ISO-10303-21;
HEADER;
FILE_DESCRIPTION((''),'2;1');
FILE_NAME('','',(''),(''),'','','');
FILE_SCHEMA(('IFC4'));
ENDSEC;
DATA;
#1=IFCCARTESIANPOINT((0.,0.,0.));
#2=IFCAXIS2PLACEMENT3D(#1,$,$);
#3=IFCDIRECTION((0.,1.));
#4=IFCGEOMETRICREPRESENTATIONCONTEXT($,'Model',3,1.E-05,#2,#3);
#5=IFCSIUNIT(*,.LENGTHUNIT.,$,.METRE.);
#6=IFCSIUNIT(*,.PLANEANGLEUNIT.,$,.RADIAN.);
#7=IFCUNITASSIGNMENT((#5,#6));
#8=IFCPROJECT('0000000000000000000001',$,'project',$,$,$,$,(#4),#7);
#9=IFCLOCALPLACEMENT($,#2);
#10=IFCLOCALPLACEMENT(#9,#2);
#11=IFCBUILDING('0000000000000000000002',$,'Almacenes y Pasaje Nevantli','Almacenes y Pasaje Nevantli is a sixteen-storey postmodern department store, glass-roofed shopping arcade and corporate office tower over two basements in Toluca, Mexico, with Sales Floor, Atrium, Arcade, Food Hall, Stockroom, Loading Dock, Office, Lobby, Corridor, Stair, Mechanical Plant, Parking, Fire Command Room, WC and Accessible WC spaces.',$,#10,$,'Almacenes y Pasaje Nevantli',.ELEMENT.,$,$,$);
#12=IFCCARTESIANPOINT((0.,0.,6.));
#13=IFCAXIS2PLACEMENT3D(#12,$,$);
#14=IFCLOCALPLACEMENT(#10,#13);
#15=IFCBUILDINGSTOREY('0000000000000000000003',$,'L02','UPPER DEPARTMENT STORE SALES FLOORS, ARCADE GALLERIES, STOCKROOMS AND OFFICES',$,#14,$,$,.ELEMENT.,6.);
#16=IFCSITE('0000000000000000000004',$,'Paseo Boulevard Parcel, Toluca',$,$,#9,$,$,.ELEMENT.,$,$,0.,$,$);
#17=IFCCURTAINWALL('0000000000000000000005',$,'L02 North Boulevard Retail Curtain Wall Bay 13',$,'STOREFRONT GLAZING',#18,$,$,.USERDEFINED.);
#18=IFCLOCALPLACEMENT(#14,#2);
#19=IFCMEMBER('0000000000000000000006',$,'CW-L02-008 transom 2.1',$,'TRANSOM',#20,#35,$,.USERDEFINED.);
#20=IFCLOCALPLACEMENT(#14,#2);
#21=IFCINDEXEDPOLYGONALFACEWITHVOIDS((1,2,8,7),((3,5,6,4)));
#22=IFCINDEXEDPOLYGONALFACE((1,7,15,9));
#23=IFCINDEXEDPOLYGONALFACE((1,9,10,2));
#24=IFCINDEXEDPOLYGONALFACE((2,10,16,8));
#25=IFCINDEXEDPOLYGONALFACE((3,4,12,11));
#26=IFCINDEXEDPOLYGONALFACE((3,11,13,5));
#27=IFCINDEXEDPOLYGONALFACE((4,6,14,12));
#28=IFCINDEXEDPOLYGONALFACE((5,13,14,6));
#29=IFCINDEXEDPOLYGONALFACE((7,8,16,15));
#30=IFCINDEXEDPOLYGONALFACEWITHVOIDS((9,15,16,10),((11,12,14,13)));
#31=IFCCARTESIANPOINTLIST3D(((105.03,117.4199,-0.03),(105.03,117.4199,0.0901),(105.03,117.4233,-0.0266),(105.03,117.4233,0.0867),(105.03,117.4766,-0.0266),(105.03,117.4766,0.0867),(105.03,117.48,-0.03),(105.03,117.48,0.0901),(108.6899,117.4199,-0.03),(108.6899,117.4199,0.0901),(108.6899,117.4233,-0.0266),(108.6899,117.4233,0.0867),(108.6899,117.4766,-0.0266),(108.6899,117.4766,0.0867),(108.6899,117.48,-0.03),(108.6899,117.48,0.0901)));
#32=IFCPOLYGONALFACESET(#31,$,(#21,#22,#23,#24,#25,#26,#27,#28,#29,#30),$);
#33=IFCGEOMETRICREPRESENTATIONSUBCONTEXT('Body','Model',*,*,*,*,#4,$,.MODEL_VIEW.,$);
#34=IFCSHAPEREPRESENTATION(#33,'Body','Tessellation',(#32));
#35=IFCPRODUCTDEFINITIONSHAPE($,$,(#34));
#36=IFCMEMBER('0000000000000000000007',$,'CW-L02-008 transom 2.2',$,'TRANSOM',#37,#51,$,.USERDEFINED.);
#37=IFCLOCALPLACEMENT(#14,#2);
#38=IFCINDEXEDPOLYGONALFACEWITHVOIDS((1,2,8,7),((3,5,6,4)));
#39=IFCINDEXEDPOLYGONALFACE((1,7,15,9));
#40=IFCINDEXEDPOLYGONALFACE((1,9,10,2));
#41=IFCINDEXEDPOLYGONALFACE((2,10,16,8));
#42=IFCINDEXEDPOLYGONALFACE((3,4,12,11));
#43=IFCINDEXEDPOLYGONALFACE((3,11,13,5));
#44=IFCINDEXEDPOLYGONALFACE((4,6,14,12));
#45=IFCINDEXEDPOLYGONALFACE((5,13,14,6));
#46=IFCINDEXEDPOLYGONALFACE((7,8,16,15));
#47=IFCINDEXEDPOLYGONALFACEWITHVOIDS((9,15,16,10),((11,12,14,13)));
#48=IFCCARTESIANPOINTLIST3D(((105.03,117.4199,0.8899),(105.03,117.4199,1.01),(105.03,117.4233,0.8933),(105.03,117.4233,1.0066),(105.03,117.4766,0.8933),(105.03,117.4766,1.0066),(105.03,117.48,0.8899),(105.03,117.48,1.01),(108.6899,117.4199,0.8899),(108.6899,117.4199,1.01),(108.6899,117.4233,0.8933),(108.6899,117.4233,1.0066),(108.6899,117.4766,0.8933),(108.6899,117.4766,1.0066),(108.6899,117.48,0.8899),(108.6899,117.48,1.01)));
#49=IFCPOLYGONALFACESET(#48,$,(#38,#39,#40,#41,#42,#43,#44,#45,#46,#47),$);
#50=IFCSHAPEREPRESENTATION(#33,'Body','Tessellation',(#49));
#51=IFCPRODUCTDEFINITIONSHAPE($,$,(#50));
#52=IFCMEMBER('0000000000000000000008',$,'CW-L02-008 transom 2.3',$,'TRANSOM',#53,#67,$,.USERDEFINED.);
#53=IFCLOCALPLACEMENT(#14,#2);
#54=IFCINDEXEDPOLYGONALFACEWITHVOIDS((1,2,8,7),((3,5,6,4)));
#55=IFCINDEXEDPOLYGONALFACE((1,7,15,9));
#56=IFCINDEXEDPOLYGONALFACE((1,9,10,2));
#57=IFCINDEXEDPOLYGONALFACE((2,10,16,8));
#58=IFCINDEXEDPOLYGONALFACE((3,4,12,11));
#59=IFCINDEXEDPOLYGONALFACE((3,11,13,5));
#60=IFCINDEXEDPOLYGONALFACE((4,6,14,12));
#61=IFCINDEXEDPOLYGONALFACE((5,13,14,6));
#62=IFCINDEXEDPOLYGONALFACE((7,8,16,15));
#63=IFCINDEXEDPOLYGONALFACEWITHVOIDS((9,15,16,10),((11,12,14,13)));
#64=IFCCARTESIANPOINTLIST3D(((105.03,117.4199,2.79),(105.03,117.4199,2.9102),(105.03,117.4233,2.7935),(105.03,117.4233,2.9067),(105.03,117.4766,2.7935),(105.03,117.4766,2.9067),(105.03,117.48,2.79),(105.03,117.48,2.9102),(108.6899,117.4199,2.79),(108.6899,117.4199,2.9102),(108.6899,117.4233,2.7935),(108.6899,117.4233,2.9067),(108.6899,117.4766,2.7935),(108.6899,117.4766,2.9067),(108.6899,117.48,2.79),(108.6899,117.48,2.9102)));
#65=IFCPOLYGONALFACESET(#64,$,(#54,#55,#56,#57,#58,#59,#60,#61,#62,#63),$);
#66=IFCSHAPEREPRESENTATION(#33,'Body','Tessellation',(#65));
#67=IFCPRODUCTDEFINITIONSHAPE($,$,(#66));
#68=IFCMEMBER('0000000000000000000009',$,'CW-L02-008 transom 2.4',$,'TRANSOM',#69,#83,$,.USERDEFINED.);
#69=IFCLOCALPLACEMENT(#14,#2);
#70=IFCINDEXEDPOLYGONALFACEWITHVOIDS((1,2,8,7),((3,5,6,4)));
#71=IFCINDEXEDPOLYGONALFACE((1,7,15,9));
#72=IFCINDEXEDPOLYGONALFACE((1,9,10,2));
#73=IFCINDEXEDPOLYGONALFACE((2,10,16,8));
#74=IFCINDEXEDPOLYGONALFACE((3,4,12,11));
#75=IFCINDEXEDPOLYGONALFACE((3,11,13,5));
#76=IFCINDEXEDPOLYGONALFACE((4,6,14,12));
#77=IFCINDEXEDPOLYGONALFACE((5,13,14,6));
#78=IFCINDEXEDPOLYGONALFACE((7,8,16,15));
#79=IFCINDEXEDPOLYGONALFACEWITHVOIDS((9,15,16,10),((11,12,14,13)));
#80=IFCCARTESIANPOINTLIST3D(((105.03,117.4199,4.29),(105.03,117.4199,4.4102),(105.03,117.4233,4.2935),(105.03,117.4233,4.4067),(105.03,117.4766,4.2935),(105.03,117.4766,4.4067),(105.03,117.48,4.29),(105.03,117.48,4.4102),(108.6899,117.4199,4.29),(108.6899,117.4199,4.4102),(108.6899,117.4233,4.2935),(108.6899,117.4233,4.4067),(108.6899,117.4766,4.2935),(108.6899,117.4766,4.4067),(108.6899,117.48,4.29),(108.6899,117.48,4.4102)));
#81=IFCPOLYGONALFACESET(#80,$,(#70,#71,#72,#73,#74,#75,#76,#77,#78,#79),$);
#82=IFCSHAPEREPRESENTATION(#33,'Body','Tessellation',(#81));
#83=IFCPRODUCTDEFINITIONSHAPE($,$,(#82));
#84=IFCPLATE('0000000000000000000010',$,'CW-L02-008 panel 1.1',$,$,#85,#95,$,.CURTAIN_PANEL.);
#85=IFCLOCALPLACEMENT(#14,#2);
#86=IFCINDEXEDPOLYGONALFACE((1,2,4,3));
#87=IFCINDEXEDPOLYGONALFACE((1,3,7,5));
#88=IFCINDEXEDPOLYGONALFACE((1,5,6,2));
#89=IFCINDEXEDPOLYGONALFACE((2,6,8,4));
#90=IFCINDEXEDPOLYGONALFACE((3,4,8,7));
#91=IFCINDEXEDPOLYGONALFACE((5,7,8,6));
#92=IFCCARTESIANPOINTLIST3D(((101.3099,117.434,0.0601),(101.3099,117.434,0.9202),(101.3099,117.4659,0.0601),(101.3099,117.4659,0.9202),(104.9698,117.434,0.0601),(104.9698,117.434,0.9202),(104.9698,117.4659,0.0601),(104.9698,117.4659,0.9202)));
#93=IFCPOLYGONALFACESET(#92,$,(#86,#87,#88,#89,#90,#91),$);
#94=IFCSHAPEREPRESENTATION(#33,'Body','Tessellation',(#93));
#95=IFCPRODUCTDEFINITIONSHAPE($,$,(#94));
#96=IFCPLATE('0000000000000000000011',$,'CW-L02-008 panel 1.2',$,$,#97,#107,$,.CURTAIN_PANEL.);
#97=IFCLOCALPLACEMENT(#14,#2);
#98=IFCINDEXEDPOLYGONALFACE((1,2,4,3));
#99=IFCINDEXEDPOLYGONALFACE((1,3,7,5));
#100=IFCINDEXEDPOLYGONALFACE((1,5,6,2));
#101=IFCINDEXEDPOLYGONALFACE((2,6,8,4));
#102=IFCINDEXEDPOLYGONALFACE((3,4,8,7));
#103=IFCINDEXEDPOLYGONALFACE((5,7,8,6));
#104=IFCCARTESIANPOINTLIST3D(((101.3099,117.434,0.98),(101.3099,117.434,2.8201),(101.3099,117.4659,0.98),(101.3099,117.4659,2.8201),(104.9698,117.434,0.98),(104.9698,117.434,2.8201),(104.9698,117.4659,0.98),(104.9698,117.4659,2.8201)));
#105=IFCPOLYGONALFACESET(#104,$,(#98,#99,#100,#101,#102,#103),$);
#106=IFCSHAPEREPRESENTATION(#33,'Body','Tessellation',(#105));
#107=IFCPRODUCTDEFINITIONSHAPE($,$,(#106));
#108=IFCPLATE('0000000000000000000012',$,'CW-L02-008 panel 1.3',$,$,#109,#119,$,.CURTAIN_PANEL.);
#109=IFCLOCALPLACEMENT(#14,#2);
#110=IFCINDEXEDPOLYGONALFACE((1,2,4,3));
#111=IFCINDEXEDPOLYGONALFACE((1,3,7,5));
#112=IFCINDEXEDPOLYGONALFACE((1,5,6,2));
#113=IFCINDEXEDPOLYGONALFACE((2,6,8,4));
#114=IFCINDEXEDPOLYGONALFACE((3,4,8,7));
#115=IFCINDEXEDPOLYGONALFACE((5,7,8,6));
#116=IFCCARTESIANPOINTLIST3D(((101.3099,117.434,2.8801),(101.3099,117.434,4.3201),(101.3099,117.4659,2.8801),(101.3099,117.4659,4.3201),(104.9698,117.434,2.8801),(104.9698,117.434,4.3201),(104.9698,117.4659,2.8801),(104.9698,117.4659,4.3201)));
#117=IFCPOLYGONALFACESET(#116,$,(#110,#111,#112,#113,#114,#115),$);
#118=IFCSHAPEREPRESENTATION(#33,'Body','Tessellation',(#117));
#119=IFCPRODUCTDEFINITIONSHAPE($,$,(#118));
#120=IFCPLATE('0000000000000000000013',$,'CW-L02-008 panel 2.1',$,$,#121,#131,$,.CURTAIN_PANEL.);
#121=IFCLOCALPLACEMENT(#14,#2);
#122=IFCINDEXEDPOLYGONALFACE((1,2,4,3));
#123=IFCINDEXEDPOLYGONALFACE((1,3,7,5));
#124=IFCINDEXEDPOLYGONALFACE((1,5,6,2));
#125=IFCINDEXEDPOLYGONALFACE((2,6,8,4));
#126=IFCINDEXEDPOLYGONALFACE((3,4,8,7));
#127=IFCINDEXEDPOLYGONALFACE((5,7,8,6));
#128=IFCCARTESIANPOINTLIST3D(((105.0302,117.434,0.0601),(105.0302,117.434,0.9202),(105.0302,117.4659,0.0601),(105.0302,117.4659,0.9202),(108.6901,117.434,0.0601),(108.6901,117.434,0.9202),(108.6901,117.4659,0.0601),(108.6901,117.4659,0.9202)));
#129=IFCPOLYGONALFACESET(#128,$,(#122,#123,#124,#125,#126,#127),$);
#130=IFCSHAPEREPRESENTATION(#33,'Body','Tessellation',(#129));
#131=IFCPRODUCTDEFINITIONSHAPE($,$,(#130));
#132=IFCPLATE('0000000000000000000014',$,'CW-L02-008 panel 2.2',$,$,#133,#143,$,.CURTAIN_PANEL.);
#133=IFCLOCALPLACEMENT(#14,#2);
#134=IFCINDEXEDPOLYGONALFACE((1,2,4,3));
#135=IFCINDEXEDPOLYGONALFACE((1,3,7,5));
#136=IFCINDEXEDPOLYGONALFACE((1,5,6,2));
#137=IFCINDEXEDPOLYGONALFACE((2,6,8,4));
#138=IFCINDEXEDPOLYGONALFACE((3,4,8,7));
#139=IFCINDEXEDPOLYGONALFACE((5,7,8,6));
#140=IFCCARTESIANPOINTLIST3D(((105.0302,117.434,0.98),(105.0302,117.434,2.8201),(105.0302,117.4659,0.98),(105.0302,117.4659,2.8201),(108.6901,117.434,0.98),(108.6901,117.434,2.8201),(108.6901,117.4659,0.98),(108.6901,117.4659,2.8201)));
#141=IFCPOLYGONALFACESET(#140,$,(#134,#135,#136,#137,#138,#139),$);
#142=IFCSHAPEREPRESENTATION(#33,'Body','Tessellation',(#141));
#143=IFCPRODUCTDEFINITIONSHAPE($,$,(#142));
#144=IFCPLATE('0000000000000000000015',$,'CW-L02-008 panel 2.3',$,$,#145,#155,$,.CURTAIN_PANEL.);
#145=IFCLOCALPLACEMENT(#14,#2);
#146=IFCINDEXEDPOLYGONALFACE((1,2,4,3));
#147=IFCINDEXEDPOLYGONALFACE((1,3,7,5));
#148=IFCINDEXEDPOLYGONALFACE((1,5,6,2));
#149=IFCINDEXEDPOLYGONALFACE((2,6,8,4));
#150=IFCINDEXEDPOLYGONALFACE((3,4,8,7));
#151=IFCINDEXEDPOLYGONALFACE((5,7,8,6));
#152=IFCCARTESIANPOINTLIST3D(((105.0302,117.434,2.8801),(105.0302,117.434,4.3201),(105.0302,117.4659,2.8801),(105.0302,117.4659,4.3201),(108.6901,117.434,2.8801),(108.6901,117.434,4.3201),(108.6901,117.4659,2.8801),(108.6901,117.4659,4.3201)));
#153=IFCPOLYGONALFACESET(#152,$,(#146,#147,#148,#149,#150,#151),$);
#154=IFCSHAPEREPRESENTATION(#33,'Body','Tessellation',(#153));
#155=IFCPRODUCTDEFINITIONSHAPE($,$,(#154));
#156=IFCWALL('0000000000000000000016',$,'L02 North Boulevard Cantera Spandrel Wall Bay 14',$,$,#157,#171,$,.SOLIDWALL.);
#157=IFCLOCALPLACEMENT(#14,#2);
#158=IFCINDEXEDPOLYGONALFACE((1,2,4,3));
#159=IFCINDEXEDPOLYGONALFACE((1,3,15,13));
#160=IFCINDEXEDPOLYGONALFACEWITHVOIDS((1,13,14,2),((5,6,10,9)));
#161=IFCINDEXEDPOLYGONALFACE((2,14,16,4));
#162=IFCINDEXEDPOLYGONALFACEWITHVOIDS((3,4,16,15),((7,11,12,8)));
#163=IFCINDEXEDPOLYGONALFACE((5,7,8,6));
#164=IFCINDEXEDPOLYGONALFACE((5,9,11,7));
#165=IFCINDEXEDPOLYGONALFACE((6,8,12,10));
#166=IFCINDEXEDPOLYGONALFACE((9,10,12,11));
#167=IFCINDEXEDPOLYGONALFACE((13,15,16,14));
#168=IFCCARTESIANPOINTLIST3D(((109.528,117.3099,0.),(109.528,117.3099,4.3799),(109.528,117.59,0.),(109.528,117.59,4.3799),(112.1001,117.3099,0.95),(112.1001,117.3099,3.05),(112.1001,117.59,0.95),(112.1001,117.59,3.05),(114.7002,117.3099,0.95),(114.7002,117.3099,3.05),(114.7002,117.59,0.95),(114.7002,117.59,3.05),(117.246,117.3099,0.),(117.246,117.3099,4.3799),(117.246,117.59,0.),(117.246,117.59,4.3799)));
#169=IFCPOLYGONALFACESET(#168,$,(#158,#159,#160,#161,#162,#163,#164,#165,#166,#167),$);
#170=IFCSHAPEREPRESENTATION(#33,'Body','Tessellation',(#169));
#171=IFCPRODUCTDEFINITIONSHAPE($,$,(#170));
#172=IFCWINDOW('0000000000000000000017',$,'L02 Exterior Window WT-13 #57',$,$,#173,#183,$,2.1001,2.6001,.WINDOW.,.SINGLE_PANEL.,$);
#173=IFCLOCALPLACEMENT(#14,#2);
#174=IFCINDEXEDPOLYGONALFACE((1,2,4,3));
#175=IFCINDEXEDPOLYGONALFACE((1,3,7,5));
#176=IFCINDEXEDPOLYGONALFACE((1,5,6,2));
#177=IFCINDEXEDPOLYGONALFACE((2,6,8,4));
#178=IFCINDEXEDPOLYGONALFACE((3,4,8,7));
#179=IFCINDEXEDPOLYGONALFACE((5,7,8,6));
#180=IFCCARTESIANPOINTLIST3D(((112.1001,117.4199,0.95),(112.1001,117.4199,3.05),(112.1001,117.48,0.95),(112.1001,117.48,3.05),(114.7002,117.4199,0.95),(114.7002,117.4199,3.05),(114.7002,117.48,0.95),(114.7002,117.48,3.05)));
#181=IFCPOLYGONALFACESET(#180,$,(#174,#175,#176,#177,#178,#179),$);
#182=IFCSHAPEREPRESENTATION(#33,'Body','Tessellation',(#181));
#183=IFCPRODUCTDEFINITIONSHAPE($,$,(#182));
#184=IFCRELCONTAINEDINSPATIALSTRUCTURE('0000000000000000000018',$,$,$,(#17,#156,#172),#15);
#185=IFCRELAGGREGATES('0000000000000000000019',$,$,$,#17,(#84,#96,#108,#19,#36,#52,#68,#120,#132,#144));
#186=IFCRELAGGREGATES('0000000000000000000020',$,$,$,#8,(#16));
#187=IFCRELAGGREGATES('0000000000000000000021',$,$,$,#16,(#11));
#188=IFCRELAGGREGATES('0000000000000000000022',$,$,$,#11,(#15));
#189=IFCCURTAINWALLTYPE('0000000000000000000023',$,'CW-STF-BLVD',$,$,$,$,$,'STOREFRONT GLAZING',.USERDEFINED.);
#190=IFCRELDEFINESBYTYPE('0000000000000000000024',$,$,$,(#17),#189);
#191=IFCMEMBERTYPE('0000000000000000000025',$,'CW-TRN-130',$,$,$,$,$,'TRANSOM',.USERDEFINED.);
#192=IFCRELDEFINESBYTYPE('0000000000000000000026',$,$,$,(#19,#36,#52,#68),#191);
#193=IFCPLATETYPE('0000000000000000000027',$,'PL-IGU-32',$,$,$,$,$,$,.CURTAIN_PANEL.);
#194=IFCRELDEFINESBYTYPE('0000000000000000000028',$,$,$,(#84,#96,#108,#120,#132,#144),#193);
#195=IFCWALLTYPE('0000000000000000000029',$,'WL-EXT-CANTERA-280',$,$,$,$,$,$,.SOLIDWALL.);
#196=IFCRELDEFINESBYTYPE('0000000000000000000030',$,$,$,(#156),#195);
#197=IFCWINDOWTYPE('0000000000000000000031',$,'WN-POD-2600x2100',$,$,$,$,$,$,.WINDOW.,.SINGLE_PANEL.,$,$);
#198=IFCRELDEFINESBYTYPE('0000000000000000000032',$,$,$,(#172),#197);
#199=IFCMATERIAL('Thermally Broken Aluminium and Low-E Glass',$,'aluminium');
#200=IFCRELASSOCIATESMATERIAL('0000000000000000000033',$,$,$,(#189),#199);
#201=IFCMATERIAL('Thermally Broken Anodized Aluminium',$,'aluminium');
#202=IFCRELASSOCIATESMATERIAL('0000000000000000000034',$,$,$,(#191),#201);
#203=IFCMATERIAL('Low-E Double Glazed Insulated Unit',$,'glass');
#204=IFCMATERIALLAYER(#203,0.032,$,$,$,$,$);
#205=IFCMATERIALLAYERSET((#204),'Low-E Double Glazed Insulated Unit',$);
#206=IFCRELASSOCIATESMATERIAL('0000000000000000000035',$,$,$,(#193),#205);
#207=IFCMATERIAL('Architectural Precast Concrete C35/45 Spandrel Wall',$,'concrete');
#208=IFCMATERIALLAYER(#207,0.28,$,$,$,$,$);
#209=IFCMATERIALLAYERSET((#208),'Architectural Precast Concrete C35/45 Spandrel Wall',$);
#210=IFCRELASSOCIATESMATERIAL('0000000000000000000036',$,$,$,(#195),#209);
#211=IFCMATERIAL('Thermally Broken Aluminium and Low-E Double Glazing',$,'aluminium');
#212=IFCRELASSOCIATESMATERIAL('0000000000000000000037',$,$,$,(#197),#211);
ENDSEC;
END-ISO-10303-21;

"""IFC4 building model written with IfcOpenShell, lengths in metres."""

from ifc_helpers import new_model, si_unit, direction, frame, frame_2d, origin, origin_2d, place, context, subcontext, project, spatial, rectangle, hollow_rectangle, extrude, material, layer, layer_set, material_profile, profile_set, type_object, element, fill, aggregate, save


model = new_model("IFC4")

# Units and contexts
model_context = context("Model", 3, precision=1e-05, world=origin(), true_north=direction((0.0, 1.0)))
body_context = subcontext(model_context, "Body", "Model", "MODEL_VIEW")
ifc_project = project(units=[si_unit("LENGTHUNIT", "METRE"), si_unit("PLANEANGLEUNIT", "RADIAN")], contexts=[model_context])

# Site, building, storey
site_placement = place(None, origin())
site = spatial("IfcSite", under=ifc_project, at=site_placement, Name="Paseo Boulevard Parcel, Toluca", CompositionType="ELEMENT", RefElevation=0.0)
building_placement = place(site_placement, origin())
building = spatial("IfcBuilding", under=site, at=building_placement, Name="Almacenes y Pasaje Nevantli", Description="Almacenes y Pasaje Nevantli is a sixteen-storey postmodern department store, glass-roofed shopping arcade and corporate office tower over two basements in Toluca, Mexico, with Sales Floor, Atrium, Arcade, Food Hall, Stockroom, Loading Dock, Office, Lobby, Corridor, Stair, Mechanical Plant, Parking, Fire Command Room, WC and Accessible WC spaces.", LongName="Almacenes y Pasaje Nevantli", CompositionType="ELEMENT")
storey_placement = place(building_placement, frame((0.0, 0.0, 6.0)))
storey = spatial("IfcBuildingStorey", under=building, at=storey_placement, Name="L02", Description="UPPER DEPARTMENT STORE SALES FLOORS, ARCADE GALLERIES, STOCKROOMS AND OFFICES", CompositionType="ELEMENT", Elevation=6.0)

# Curtain wall, members, plates
ifc_material_1 = material(Name="Thermally Broken Aluminium and Low-E Glass", Category="aluminium")
curtain_wall_type = type_object("IfcCurtainWallType", Name="CW-STF-BLVD", ElementType="STOREFRONT GLAZING", PredefinedType="USERDEFINED", material=ifc_material_1)
curtain_wall_placement = place(storey_placement, origin())
curtain_wall = element("IfcCurtainWall", 1, at=curtain_wall_placement, inside=storey, type_object=curtain_wall_type, Name="L02 North Boulevard Retail Curtain Wall Bay 13", ObjectType="STOREFRONT GLAZING", PredefinedType="USERDEFINED")
ifc_material_2 = material(Name="Thermally Broken Anodized Aluminium", Category="aluminium")
ifc_material_profile_1 = material_profile(ifc_material_2, hollow_rectangle(XDim=0.0601, YDim=0.1201, WallThickness=0.0034, at=origin_2d()), Name="ALU-TRN-60x120")
ifc_profile_set_1 = profile_set([ifc_material_profile_1], Name="Thermally Broken Anodized Aluminium")
member_type_1 = type_object("IfcMemberType", Name="CW-TRN-130", ElementType="TRANSOM", PredefinedType="USERDEFINED", material=ifc_profile_set_1)
member_1_placement = place(storey_placement, frame((105.03, 117.45, 0.03), z_axis=(1.0, 0.0, 0.0), x_axis=(0.0, 1.0, 0.0)))
member_1 = element("IfcMember", 2, at=member_1_placement, type_object=member_type_1, Name="CW-L02-008 transom 2.1", ObjectType="TRANSOM", PredefinedType="USERDEFINED", context=body_context, shape_type="SweptSolid", body=[
    extrude(hollow_rectangle(XDim=0.0601, YDim=0.1201, WallThickness=0.0034, at=origin_2d()), origin(), (0.0, 0.0, 1.0), 3.6599),
])
member_2_placement = place(storey_placement, frame((105.03, 117.45, 0.95), z_axis=(1.0, 0.0, 0.0), x_axis=(0.0, 1.0, 0.0)))
member_2 = element("IfcMember", 3, at=member_2_placement, type_object=member_type_1, Name="CW-L02-008 transom 2.2", ObjectType="TRANSOM", PredefinedType="USERDEFINED", context=body_context, shape_type="SweptSolid", body=[
    extrude(hollow_rectangle(XDim=0.0601, YDim=0.1201, WallThickness=0.0034, at=origin_2d()), origin(), (0.0, 0.0, 1.0), 3.6599),
])
member_3_placement = place(storey_placement, frame((105.03, 117.45, 2.8501), z_axis=(1.0, 0.0, 0.0), x_axis=(0.0, 1.0, 0.0)))
member_3 = element("IfcMember", 4, at=member_3_placement, type_object=member_type_1, Name="CW-L02-008 transom 2.3", ObjectType="TRANSOM", PredefinedType="USERDEFINED", context=body_context, shape_type="SweptSolid", body=[
    extrude(hollow_rectangle(XDim=0.0601, YDim=0.1201, WallThickness=0.0034, at=origin_2d()), origin(), (0.0, 0.0, 1.0), 3.6599),
])
member_4_placement = place(storey_placement, frame((105.03, 117.45, 4.3501), z_axis=(1.0, 0.0, 0.0), x_axis=(0.0, 1.0, 0.0)))
member_4 = element("IfcMember", 5, at=member_4_placement, type_object=member_type_1, Name="CW-L02-008 transom 2.4", ObjectType="TRANSOM", PredefinedType="USERDEFINED", context=body_context, shape_type="SweptSolid", body=[
    extrude(hollow_rectangle(XDim=0.0601, YDim=0.1201, WallThickness=0.0034, at=origin_2d()), origin(), (0.0, 0.0, 1.0), 3.6599),
])
ifc_material_3 = material(Name="Low-E Double Glazed Insulated Unit", Category="glass")
ifc_layer_1 = layer(ifc_material_3, 0.032)
ifc_layer_set_1 = layer_set([ifc_layer_1], Name="Low-E Double Glazed Insulated Unit")
plate_type = type_object("IfcPlateType", Name="PL-IGU-32", PredefinedType="CURTAIN_PANEL", material=ifc_layer_set_1)
plate_1_placement = place(storey_placement, frame((103.1399, 117.45, 0.0601), z_axis=(0.0, 0.0, 1.0), x_axis=(1.0, 0.0, 0.0)))
plate_1 = element("IfcPlate", 6, at=plate_1_placement, type_object=plate_type, Name="CW-L02-008 panel 1.1", PredefinedType="CURTAIN_PANEL", context=body_context, shape_type="SweptSolid", body=[
    extrude(rectangle(XDim=3.6599, YDim=0.032, at=origin_2d()), origin(), (0.0, 0.0, 1.0), 0.8601),
])
plate_2_placement = place(storey_placement, frame((103.1399, 117.45, 0.98), z_axis=(0.0, 0.0, 1.0), x_axis=(1.0, 0.0, 0.0)))
plate_2 = element("IfcPlate", 7, at=plate_2_placement, type_object=plate_type, Name="CW-L02-008 panel 1.2", PredefinedType="CURTAIN_PANEL", context=body_context, shape_type="SweptSolid", body=[
    extrude(rectangle(XDim=3.6599, YDim=0.032, at=origin_2d()), origin(), (0.0, 0.0, 1.0), 1.8401),
])
plate_3_placement = place(storey_placement, frame((103.1399, 117.45, 2.8801), z_axis=(0.0, 0.0, 1.0), x_axis=(1.0, 0.0, 0.0)))
plate_3 = element("IfcPlate", 8, at=plate_3_placement, type_object=plate_type, Name="CW-L02-008 panel 1.3", PredefinedType="CURTAIN_PANEL", context=body_context, shape_type="SweptSolid", body=[
    extrude(rectangle(XDim=3.6599, YDim=0.032, at=origin_2d()), origin(), (0.0, 0.0, 1.0), 1.4399),
])
plate_4_placement = place(storey_placement, frame((106.8601, 117.45, 0.0601), z_axis=(0.0, 0.0, 1.0), x_axis=(1.0, 0.0, 0.0)))
plate_4 = element("IfcPlate", 9, at=plate_4_placement, type_object=plate_type, Name="CW-L02-008 panel 2.1", PredefinedType="CURTAIN_PANEL", context=body_context, shape_type="SweptSolid", body=[
    extrude(rectangle(XDim=3.6599, YDim=0.032, at=origin_2d()), origin(), (0.0, 0.0, 1.0), 0.8601),
])
plate_5_placement = place(storey_placement, frame((106.8601, 117.45, 0.98), z_axis=(0.0, 0.0, 1.0), x_axis=(1.0, 0.0, 0.0)))
plate_5 = element("IfcPlate", 10, at=plate_5_placement, type_object=plate_type, Name="CW-L02-008 panel 2.2", PredefinedType="CURTAIN_PANEL", context=body_context, shape_type="SweptSolid", body=[
    extrude(rectangle(XDim=3.6599, YDim=0.032, at=origin_2d()), origin(), (0.0, 0.0, 1.0), 1.8401),
])
plate_6_placement = place(storey_placement, frame((106.8601, 117.45, 2.8801), z_axis=(0.0, 0.0, 1.0), x_axis=(1.0, 0.0, 0.0)))
plate_6 = element("IfcPlate", 11, at=plate_6_placement, type_object=plate_type, Name="CW-L02-008 panel 2.3", PredefinedType="CURTAIN_PANEL", context=body_context, shape_type="SweptSolid", body=[
    extrude(rectangle(XDim=3.6599, YDim=0.032, at=origin_2d()), origin(), (0.0, 0.0, 1.0), 1.4399),
])
aggregate(curtain_wall, [plate_1, plate_2, plate_3, member_1, member_2, member_3, member_4, plate_4, plate_5, plate_6])

# Wall, opening, window
ifc_material_4 = material(Name="Architectural Precast Concrete C35/45 Spandrel Wall", Category="concrete")
ifc_layer_2 = layer(ifc_material_4, 0.28)
ifc_layer_set_2 = layer_set([ifc_layer_2], Name="Architectural Precast Concrete C35/45 Spandrel Wall")
wall_type = type_object("IfcWallType", Name="WL-EXT-CANTERA-280", PredefinedType="SOLIDWALL", material=ifc_layer_set_2)
wall_placement = place(storey_placement, frame((109.5281, 117.45, 0.0), z_axis=(0.0, 0.0, 1.0), x_axis=(1.0, 0.0, 0.0)))
wall = element("IfcWall", 12, at=wall_placement, inside=storey, type_object=wall_type, Name="L02 North Boulevard Cantera Spandrel Wall Bay 14", PredefinedType="SOLIDWALL", context=body_context, shape_type="SweptSolid", body=[
    extrude(rectangle(XDim=7.718, YDim=0.28, at=frame_2d((3.8589, 0.0))), origin(), (0.0, 0.0, 1.0), 4.3799),
])
opening_placement = place(wall_placement, frame((2.572, 0.0, 0.95)))
opening = element("IfcOpeningElement", 13, at=opening_placement, cuts=wall, PredefinedType="OPENING", context=body_context, shape_type="SweptSolid", body=[
    extrude(rectangle(XDim=2.6001, YDim=2.1001, at=frame_2d((1.3, 1.05))), frame((0.0, 0.1499, 0.0), z_axis=(0.0, -1.0, 0.0), x_axis=(1.0, 0.0, 0.0)), (0.0, 0.0, 1.0), 0.3),
])
ifc_material_5 = material(Name="Thermally Broken Aluminium and Low-E Double Glazing", Category="aluminium")
window_type = type_object("IfcWindowType", Name="WN-POD-2600x2100", PartitioningType="SINGLE_PANEL", PredefinedType="WINDOW", material=ifc_material_5)
window_placement = place(opening_placement, origin())
window = element("IfcWindow", 14, at=window_placement, inside=storey, type_object=window_type, Name="L02 Exterior Window WT-13 #57", OverallHeight=2.1001, OverallWidth=2.6001, PartitioningType="SINGLE_PANEL", PredefinedType="WINDOW", context=body_context, shape_type="SweptSolid", body=[
    extrude(rectangle(XDim=2.6001, YDim=2.1001, at=frame_2d((1.3, 1.05))), frame((0.0, 0.03, 0.0), z_axis=(0.0, -1.0, 0.0), x_axis=(1.0, 0.0, 0.0)), (0.0, 0.0, 1.0), 0.0601),
])
fill(opening, window)

save(model, "model.ifc")
